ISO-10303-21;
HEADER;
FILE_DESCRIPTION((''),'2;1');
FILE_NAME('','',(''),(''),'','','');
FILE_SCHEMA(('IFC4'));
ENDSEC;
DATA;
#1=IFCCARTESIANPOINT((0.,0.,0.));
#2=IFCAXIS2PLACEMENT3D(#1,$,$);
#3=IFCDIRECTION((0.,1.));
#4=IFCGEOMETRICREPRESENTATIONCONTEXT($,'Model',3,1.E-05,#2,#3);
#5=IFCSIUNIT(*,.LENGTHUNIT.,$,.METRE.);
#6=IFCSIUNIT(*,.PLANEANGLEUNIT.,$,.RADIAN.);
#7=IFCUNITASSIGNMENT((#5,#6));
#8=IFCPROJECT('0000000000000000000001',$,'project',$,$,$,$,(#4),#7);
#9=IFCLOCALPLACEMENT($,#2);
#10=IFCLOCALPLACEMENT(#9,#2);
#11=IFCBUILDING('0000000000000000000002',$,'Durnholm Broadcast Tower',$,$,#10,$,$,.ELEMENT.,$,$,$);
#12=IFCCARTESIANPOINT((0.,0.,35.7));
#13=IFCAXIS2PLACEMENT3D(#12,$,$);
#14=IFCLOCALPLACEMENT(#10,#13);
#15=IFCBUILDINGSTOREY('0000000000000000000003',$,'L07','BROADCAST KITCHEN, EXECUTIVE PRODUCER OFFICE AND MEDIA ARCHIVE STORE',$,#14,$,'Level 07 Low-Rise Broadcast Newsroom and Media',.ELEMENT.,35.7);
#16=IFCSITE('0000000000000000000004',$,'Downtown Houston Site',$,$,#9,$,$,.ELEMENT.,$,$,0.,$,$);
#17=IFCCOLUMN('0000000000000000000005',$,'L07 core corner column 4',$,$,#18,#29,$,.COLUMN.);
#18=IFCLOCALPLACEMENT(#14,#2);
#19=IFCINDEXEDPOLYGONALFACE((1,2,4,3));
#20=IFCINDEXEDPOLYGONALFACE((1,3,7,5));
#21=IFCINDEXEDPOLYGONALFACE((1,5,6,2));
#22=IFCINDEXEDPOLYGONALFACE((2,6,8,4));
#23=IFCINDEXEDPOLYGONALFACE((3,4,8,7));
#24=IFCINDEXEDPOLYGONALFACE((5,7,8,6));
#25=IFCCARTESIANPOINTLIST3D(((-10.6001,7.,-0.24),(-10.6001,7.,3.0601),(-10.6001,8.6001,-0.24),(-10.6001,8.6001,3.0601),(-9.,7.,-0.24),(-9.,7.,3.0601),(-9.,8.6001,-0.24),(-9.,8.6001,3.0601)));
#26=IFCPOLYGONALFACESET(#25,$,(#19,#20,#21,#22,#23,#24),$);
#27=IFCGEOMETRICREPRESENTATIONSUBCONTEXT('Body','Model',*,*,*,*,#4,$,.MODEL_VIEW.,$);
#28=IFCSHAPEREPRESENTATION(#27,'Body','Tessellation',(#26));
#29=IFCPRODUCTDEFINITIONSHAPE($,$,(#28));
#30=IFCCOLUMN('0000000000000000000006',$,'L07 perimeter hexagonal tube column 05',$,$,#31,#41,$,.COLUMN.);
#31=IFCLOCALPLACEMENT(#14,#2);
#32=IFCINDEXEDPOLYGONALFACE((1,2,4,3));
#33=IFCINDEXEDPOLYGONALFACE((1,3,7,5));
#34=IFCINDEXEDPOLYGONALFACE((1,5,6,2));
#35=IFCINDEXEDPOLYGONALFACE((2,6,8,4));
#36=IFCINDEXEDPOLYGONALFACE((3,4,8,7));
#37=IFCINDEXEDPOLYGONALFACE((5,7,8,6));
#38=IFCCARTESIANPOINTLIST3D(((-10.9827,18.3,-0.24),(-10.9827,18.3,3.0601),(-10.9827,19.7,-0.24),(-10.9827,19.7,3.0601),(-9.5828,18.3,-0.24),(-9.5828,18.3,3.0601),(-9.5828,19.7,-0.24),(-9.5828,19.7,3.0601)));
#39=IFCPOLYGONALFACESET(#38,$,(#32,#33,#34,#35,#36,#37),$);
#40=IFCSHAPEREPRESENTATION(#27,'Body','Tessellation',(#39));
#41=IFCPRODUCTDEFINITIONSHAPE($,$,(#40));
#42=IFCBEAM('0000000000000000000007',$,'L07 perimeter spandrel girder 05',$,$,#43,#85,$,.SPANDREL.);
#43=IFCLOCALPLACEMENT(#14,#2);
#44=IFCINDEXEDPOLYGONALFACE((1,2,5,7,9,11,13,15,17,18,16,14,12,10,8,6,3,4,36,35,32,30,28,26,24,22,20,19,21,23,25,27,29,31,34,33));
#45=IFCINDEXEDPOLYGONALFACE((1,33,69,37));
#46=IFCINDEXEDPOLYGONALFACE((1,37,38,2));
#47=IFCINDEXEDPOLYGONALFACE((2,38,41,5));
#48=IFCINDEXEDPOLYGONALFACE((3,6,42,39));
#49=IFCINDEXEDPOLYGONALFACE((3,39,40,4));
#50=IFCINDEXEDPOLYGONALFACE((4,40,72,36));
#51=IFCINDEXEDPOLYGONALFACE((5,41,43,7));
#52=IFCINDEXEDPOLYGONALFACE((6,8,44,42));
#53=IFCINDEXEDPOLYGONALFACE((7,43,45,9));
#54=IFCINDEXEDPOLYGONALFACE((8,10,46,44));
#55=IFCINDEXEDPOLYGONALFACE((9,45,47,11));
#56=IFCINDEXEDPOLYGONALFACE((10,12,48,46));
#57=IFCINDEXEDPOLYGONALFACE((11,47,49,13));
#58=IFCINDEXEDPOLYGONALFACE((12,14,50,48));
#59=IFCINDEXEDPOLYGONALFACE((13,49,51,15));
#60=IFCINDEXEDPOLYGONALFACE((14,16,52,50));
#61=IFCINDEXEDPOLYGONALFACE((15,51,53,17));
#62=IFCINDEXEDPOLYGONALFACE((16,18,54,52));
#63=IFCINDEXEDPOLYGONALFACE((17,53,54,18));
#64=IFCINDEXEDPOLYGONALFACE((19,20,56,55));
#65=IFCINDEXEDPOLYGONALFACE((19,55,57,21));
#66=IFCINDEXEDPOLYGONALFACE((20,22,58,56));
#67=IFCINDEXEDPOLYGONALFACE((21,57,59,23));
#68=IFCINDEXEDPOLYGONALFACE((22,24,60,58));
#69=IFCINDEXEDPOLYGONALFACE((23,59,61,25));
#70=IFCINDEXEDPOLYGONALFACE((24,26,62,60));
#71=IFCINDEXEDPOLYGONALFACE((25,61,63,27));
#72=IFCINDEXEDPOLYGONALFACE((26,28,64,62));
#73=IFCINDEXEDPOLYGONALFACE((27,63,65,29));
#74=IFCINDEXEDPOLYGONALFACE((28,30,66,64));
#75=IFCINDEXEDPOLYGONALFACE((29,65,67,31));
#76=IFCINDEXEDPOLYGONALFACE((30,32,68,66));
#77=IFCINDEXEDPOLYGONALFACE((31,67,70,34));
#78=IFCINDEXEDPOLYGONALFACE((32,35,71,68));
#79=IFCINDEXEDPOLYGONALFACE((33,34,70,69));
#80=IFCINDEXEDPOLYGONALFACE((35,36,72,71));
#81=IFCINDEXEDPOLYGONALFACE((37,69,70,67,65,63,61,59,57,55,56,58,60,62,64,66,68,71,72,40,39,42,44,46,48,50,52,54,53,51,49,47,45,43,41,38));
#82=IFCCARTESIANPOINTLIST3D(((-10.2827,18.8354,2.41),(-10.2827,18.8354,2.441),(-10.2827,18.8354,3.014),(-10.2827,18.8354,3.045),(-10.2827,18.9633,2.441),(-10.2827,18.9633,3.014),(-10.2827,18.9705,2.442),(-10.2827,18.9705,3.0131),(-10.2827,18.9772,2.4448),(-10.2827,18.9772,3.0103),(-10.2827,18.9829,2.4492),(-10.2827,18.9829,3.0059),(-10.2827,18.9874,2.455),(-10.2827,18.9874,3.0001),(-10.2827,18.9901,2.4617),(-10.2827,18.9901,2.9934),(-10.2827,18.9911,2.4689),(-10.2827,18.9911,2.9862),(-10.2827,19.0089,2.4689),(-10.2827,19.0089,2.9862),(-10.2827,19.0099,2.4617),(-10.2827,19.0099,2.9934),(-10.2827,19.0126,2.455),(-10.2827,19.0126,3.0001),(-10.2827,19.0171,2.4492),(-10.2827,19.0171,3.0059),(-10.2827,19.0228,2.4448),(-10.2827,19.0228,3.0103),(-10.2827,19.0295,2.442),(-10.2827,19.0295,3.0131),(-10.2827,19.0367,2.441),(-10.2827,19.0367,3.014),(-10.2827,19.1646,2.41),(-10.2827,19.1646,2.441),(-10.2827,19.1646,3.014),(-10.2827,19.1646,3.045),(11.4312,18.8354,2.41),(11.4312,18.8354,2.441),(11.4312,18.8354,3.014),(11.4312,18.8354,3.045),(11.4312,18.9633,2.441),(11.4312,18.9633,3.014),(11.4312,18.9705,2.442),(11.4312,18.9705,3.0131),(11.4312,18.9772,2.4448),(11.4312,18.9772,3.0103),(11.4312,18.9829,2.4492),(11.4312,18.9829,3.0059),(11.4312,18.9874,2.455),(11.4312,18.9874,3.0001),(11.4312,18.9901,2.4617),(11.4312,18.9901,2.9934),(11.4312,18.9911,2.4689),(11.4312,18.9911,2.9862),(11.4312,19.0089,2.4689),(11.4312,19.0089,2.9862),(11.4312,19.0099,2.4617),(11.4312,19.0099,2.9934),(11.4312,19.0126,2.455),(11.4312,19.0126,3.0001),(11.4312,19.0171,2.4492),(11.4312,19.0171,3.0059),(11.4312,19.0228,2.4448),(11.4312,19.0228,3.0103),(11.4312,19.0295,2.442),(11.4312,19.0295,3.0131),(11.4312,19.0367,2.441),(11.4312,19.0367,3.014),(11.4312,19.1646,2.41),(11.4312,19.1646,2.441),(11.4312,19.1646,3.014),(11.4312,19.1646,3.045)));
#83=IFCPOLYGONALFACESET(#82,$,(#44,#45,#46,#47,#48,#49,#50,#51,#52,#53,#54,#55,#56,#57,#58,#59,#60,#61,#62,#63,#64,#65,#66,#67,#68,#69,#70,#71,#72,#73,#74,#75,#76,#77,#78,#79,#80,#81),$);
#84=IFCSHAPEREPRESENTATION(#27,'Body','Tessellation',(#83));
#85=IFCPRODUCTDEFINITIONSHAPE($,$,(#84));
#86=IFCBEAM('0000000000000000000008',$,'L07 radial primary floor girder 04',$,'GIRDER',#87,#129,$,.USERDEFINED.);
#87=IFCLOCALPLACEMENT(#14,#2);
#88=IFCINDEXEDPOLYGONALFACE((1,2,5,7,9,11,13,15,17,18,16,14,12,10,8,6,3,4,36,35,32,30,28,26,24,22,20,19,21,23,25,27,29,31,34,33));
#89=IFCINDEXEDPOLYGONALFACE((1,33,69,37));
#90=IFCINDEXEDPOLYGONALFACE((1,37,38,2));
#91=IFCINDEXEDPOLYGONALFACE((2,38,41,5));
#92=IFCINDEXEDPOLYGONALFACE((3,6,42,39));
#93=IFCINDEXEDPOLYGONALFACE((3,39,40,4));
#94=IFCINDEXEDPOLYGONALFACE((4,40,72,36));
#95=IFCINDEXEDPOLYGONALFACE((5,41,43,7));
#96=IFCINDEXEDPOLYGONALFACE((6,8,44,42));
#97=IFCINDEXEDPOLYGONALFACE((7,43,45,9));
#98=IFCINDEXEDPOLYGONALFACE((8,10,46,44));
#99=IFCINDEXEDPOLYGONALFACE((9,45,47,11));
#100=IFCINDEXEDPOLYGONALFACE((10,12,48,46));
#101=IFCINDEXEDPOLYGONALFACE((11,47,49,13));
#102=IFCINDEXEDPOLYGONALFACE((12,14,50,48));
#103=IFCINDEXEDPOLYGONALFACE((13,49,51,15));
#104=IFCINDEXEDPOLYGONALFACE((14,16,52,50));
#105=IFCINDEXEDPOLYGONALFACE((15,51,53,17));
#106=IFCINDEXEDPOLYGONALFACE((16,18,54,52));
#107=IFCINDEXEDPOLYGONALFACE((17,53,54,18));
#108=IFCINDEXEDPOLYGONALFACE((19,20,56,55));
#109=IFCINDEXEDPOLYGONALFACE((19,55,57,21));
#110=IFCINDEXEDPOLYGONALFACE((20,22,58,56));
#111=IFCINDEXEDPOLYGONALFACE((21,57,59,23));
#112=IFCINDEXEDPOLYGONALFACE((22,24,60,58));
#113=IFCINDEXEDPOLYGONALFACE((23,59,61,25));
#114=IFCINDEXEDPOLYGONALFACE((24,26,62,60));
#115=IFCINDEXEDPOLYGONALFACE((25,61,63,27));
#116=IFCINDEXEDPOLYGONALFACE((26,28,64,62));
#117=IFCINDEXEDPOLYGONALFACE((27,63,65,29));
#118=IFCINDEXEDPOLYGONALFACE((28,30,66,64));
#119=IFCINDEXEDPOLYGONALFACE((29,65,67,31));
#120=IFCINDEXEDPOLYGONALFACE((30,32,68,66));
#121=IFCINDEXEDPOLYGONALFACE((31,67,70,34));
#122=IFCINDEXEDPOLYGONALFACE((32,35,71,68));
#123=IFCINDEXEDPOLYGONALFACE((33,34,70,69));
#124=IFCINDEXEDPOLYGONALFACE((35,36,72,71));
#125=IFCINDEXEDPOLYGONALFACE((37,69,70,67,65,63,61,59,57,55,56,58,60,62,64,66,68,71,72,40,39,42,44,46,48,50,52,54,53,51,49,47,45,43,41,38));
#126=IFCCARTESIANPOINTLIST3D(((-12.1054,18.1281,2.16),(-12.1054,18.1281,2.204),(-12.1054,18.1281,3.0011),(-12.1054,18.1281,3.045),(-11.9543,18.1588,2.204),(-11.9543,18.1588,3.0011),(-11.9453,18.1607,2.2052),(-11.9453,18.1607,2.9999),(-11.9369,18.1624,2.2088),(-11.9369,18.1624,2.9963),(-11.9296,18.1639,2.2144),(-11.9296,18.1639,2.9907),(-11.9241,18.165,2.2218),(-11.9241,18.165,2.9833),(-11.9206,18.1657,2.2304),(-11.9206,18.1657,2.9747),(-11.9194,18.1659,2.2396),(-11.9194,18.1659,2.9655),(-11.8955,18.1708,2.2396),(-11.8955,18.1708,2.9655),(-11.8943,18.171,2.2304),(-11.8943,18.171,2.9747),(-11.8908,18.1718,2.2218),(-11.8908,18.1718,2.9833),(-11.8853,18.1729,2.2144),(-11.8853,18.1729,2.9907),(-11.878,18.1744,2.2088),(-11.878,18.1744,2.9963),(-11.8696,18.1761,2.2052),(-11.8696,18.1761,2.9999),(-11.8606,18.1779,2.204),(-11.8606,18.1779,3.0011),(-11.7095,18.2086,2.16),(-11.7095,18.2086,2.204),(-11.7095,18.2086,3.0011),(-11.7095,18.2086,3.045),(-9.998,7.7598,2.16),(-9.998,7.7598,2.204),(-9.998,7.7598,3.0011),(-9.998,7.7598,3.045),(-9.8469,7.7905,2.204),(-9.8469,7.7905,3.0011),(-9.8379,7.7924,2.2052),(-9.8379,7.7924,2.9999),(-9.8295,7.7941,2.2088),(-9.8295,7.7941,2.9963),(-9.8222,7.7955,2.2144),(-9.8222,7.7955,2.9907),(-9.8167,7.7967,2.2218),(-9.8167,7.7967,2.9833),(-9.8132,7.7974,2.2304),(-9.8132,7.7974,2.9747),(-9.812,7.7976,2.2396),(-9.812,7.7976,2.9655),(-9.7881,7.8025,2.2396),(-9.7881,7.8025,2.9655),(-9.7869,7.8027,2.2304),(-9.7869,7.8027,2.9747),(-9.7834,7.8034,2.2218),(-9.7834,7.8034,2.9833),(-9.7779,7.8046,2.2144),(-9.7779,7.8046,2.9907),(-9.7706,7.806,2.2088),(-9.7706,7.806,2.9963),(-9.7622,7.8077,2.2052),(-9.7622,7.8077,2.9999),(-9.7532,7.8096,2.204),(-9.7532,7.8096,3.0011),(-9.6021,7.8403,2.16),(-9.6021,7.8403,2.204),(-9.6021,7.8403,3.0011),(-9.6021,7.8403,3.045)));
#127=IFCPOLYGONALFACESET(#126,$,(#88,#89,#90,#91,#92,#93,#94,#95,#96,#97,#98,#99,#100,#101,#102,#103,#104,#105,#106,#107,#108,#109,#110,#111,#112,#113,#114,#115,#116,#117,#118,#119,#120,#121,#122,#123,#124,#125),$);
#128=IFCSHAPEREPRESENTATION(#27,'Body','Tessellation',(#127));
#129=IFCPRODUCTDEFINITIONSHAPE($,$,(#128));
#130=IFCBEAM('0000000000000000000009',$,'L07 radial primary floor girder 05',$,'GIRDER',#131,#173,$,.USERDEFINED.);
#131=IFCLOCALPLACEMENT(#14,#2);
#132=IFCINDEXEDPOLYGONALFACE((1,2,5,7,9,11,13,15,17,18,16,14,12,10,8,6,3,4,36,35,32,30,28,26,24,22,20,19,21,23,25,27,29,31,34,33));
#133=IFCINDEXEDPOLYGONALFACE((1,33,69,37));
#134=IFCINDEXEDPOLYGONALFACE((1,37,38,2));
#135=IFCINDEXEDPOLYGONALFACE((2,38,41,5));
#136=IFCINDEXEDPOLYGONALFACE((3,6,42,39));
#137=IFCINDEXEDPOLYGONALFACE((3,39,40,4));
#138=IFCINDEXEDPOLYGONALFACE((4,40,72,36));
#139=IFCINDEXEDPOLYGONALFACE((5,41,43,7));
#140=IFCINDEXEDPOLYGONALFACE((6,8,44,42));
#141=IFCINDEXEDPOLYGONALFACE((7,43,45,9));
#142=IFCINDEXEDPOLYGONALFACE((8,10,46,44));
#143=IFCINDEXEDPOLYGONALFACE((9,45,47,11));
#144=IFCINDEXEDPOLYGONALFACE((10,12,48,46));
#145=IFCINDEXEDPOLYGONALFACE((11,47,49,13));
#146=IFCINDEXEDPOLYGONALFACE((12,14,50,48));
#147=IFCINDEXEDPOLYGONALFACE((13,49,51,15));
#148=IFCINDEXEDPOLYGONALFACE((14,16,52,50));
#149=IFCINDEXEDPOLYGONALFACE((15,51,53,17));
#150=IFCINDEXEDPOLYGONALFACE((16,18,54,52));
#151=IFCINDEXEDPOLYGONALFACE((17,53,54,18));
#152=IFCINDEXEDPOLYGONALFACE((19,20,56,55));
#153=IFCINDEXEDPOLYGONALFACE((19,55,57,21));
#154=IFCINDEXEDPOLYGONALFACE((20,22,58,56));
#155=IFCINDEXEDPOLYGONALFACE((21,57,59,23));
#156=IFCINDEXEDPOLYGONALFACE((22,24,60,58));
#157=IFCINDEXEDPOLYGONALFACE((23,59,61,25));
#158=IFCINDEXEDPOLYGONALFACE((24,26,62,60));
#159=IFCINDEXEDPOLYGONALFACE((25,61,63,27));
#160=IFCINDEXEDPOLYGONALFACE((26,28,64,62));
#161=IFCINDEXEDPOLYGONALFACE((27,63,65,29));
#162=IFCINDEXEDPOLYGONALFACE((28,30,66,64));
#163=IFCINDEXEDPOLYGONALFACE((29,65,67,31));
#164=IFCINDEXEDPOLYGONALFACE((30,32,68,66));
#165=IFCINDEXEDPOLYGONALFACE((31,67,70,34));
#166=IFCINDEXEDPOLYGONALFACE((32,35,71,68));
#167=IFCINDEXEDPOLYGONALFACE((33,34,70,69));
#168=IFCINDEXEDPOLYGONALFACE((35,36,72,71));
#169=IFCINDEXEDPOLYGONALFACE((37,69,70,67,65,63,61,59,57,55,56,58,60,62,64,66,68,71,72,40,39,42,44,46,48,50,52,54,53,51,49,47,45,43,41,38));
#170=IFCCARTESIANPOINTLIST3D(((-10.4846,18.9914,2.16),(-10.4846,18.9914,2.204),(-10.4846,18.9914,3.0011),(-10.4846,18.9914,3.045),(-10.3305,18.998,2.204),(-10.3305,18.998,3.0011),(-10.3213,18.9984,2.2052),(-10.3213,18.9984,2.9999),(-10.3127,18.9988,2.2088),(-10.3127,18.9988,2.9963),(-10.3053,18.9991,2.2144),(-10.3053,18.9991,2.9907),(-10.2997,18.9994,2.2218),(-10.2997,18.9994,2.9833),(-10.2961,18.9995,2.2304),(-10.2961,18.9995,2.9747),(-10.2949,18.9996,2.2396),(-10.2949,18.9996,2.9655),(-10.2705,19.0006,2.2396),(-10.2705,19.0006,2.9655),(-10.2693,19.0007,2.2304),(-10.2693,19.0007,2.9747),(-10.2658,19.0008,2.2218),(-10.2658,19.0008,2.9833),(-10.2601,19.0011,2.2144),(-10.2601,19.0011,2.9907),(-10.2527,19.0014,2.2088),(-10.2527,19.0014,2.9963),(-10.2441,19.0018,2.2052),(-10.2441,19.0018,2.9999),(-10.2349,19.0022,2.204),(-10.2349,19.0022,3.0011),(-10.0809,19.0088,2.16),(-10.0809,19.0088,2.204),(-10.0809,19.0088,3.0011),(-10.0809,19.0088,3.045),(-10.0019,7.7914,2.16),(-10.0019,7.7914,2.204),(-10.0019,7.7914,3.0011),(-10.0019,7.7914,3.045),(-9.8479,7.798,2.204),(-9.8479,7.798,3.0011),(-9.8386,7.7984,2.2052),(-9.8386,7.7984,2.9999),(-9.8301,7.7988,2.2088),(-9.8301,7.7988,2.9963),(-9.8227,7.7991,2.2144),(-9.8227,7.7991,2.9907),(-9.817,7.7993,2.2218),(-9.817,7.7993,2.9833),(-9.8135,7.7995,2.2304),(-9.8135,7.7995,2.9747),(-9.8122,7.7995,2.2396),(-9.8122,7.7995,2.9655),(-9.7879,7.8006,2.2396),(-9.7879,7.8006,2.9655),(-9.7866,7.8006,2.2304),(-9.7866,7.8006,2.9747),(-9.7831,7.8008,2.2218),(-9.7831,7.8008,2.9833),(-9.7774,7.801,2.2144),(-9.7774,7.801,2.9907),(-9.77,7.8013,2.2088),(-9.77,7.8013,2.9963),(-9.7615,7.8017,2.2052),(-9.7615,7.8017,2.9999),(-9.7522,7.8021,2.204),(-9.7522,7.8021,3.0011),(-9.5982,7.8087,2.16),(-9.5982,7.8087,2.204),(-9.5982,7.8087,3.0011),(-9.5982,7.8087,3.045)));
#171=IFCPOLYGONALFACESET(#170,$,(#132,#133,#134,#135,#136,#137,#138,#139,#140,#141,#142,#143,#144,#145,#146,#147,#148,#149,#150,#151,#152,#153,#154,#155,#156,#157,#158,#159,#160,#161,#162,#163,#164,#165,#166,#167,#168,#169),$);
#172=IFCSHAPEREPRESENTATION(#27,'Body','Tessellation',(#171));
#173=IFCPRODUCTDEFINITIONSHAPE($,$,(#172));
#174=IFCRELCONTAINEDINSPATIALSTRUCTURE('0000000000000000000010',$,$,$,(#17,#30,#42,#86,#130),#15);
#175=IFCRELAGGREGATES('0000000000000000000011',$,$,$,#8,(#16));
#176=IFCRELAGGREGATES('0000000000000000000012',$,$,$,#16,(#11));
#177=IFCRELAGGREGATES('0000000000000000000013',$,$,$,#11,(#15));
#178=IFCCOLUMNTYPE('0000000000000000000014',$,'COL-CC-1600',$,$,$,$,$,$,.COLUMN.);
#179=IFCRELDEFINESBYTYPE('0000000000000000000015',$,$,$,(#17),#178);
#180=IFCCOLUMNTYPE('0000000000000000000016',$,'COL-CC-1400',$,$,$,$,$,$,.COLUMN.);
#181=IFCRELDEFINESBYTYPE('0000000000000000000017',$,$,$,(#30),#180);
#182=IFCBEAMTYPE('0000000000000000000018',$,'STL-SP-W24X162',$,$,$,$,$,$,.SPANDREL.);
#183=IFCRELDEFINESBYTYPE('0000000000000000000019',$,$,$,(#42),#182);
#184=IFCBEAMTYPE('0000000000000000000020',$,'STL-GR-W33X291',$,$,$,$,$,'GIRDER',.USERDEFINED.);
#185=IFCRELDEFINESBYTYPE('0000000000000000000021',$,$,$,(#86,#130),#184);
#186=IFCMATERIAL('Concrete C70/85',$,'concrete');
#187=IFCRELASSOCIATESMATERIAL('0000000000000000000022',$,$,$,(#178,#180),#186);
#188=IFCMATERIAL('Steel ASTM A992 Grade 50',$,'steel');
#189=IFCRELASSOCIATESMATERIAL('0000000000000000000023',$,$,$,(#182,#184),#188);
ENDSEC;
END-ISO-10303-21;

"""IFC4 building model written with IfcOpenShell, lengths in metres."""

from ifc_helpers import new_model, si_unit, direction, frame, origin, origin_2d, place, context, subcontext, project, spatial, rectangle, i_section, extrude, source, transform, mapped, material, material_profile, profile_set, type_object, type_shapes, element, save


model = new_model("IFC4")

# Units and contexts
model_context = context("Model", 3, precision=1e-05, world=origin(), true_north=direction((0.0, 1.0)))
body_context = subcontext(model_context, "Body", "Model", "MODEL_VIEW")
ifc_project = project(units=[si_unit("LENGTHUNIT", "METRE"), si_unit("PLANEANGLEUNIT", "RADIAN")], contexts=[model_context])

# Site, building, storey
site_placement = place(None, origin())
site = spatial("IfcSite", under=ifc_project, at=site_placement, Name="Downtown Houston Site", CompositionType="ELEMENT", RefElevation=0.0)
building_placement = place(site_placement, origin())
building = spatial("IfcBuilding", under=site, at=building_placement, Name="Durnholm Broadcast Tower", CompositionType="ELEMENT")
storey_placement = place(building_placement, frame((0.0, 0.0, 35.7)))
storey = spatial("IfcBuildingStorey", under=building, at=storey_placement, Name="L07", Description="BROADCAST KITCHEN, EXECUTIVE PRODUCER OFFICE AND MEDIA ARCHIVE STORE", LongName="Level 07 Low-Rise Broadcast Newsroom and Media", CompositionType="ELEMENT", Elevation=35.7)

# Columns
ifc_material_1 = material(Name="Concrete C70/85", Category="concrete")
ifc_material_profile_1 = material_profile(ifc_material_1, rectangle(XDim=1.6001, YDim=1.6001, at=origin_2d()), Name="RC1600X1600")
ifc_profile_set_1 = profile_set([ifc_material_profile_1], Name="Concrete C70/85")
column_type_1 = type_object("IfcColumnType", Name="COL-CC-1600", PredefinedType="COLUMN", material=ifc_profile_set_1)
shared_shape_1 = source(origin(), body_context, "Body", "SweptSolid", [
    extrude(rectangle(XDim=1.6001, YDim=1.6001, at=origin_2d()), origin(), (0.0, 0.0, 1.0), 3.3),
])
type_shapes(column_type_1, [shared_shape_1])
column_1_placement = place(storey_placement, frame((-9.8, 7.8, -0.24), z_axis=(0.0, 0.0, 1.0), x_axis=(1.0, 0.0, 0.0)))
element("IfcColumn", 1, at=column_1_placement, inside=storey, type_object=column_type_1, Name="L07 core corner column 4", PredefinedType="COLUMN", context=body_context, shape_type="MappedRepresentation", body=[
    mapped(shared_shape_1, transform((0.0, 0.0, 0.0), x_axis=(1.0, 0.0, 0.0), y_axis=(0.0, 1.0, 0.0), z_axis=(0.0, 0.0, 1.0), scale=1.0)),
])
ifc_material_profile_2 = material_profile(ifc_material_1, rectangle(XDim=1.3999, YDim=1.3999, at=origin_2d()), Name="RC1400X1400")
ifc_profile_set_2 = profile_set([ifc_material_profile_2], Name="Concrete C70/85")
column_type_2 = type_object("IfcColumnType", Name="COL-CC-1400", PredefinedType="COLUMN", material=ifc_profile_set_2)
shared_shape_2 = source(origin(), body_context, "Body", "SweptSolid", [
    extrude(rectangle(XDim=1.3999, YDim=1.3999, at=origin_2d()), origin(), (0.0, 0.0, 1.0), 3.3),
])
type_shapes(column_type_2, [shared_shape_2])
column_2_placement = place(storey_placement, frame((-10.2827, 19.0, -0.24), z_axis=(0.0, 0.0, 1.0), x_axis=(1.0, 0.0, 0.0)))
element("IfcColumn", 2, at=column_2_placement, inside=storey, type_object=column_type_2, Name="L07 perimeter hexagonal tube column 05", PredefinedType="COLUMN", context=body_context, shape_type="MappedRepresentation", body=[
    mapped(shared_shape_2, transform((0.0, 0.0, 0.0), x_axis=(1.0, 0.0, 0.0), y_axis=(0.0, 1.0, 0.0), z_axis=(0.0, 0.0, 1.0), scale=1.0)),
])

# Beams
ifc_material_2 = material(Name="Steel ASTM A992 Grade 50", Category="steel")
ifc_material_profile_3 = material_profile(ifc_material_2, i_section(OverallWidth=0.3291, OverallDepth=0.635, WebThickness=0.0178, FlangeThickness=0.031, FilletRadius=0.0278, at=origin_2d()), Name="W24X162")
ifc_profile_set_3 = profile_set([ifc_material_profile_3], Name="Steel ASTM A992 Grade 50")
beam_type_1 = type_object("IfcBeamType", Name="STL-SP-W24X162", PredefinedType="SPANDREL", material=ifc_profile_set_3)
shared_shape_3 = source(origin(), body_context, "Body", "SweptSolid", [
    extrude(i_section(OverallWidth=0.3291, OverallDepth=0.635, WebThickness=0.0178, FlangeThickness=0.031, FilletRadius=0.0278, at=origin_2d()), origin(), (0.0, 0.0, 1.0), 21.7139),
])
type_shapes(beam_type_1, [shared_shape_3])
beam_1_placement = place(storey_placement, frame((-10.2827, 19.0, 2.7275), z_axis=(1.0, 0.0, 0.0), x_axis=(0.0, 1.0, 0.0)))
element("IfcBeam", 3, at=beam_1_placement, inside=storey, type_object=beam_type_1, Name="L07 perimeter spandrel girder 05", PredefinedType="SPANDREL", context=body_context, shape_type="MappedRepresentation", body=[
    mapped(shared_shape_3, transform((0.0, 0.0, 0.0), x_axis=(1.0, 0.0, 0.0), y_axis=(0.0, 1.0, 0.0), z_axis=(0.0, 0.0, 1.0), scale=1.0)),
])
ifc_material_profile_4 = material_profile(ifc_material_2, i_section(OverallWidth=0.4041, OverallDepth=0.885, WebThickness=0.0244, FlangeThickness=0.0439, FilletRadius=0.0356, at=origin_2d()), Name="W33X291")
ifc_profile_set_4 = profile_set([ifc_material_profile_4], Name="Steel ASTM A992 Grade 50")
beam_type_2 = type_object("IfcBeamType", Name="STL-GR-W33X291", ElementType="GIRDER", PredefinedType="USERDEFINED", material=ifc_profile_set_4)
shared_shape_4 = source(origin(), body_context, "Body", "SweptSolid", [
    extrude(i_section(OverallWidth=0.4041, OverallDepth=0.885, WebThickness=0.0244, FlangeThickness=0.0439, FilletRadius=0.0356, at=origin_2d()), origin(), (0.0, 0.0, 1.0), 10.5803),
])
beam_2_placement = place(storey_placement, frame((-9.8, 7.8, 2.6025), z_axis=(-0.199181, 0.979963, 0.0), x_axis=(-0.979963, -0.199181, 0.0)))
element("IfcBeam", 4, at=beam_2_placement, inside=storey, type_object=beam_type_2, Name="L07 radial primary floor girder 04", ObjectType="GIRDER", PredefinedType="USERDEFINED", context=body_context, shape_type="MappedRepresentation", body=[
    mapped(shared_shape_4, transform((0.0, 0.0, 0.0), x_axis=(1.0, 0.0, 0.0), y_axis=(0.0, 1.0, 0.0), z_axis=(0.0, 0.0, 1.0), scale=1.0)),
])
shared_shape_5 = source(origin(), body_context, "Body", "SweptSolid", [
    extrude(i_section(OverallWidth=0.4041, OverallDepth=0.885, WebThickness=0.0244, FlangeThickness=0.0439, FilletRadius=0.0356, at=origin_2d()), origin(), (0.0, 0.0, 1.0), 11.2104),
])
type_shapes(beam_type_2, [shared_shape_4, shared_shape_5])
beam_3_placement = place(storey_placement, frame((-9.8, 7.8, 2.6025), z_axis=(-0.043055, 0.999073, 0.0), x_axis=(-0.999073, -0.043055, 0.0)))
element("IfcBeam", 5, at=beam_3_placement, inside=storey, type_object=beam_type_2, Name="L07 radial primary floor girder 05", ObjectType="GIRDER", PredefinedType="USERDEFINED", context=body_context, shape_type="MappedRepresentation", body=[
    mapped(shared_shape_5, transform((0.0, 0.0, 0.0), x_axis=(1.0, 0.0, 0.0), y_axis=(0.0, 1.0, 0.0), z_axis=(0.0, 0.0, 1.0), scale=1.0)),
])

save(model, "model.ifc")
